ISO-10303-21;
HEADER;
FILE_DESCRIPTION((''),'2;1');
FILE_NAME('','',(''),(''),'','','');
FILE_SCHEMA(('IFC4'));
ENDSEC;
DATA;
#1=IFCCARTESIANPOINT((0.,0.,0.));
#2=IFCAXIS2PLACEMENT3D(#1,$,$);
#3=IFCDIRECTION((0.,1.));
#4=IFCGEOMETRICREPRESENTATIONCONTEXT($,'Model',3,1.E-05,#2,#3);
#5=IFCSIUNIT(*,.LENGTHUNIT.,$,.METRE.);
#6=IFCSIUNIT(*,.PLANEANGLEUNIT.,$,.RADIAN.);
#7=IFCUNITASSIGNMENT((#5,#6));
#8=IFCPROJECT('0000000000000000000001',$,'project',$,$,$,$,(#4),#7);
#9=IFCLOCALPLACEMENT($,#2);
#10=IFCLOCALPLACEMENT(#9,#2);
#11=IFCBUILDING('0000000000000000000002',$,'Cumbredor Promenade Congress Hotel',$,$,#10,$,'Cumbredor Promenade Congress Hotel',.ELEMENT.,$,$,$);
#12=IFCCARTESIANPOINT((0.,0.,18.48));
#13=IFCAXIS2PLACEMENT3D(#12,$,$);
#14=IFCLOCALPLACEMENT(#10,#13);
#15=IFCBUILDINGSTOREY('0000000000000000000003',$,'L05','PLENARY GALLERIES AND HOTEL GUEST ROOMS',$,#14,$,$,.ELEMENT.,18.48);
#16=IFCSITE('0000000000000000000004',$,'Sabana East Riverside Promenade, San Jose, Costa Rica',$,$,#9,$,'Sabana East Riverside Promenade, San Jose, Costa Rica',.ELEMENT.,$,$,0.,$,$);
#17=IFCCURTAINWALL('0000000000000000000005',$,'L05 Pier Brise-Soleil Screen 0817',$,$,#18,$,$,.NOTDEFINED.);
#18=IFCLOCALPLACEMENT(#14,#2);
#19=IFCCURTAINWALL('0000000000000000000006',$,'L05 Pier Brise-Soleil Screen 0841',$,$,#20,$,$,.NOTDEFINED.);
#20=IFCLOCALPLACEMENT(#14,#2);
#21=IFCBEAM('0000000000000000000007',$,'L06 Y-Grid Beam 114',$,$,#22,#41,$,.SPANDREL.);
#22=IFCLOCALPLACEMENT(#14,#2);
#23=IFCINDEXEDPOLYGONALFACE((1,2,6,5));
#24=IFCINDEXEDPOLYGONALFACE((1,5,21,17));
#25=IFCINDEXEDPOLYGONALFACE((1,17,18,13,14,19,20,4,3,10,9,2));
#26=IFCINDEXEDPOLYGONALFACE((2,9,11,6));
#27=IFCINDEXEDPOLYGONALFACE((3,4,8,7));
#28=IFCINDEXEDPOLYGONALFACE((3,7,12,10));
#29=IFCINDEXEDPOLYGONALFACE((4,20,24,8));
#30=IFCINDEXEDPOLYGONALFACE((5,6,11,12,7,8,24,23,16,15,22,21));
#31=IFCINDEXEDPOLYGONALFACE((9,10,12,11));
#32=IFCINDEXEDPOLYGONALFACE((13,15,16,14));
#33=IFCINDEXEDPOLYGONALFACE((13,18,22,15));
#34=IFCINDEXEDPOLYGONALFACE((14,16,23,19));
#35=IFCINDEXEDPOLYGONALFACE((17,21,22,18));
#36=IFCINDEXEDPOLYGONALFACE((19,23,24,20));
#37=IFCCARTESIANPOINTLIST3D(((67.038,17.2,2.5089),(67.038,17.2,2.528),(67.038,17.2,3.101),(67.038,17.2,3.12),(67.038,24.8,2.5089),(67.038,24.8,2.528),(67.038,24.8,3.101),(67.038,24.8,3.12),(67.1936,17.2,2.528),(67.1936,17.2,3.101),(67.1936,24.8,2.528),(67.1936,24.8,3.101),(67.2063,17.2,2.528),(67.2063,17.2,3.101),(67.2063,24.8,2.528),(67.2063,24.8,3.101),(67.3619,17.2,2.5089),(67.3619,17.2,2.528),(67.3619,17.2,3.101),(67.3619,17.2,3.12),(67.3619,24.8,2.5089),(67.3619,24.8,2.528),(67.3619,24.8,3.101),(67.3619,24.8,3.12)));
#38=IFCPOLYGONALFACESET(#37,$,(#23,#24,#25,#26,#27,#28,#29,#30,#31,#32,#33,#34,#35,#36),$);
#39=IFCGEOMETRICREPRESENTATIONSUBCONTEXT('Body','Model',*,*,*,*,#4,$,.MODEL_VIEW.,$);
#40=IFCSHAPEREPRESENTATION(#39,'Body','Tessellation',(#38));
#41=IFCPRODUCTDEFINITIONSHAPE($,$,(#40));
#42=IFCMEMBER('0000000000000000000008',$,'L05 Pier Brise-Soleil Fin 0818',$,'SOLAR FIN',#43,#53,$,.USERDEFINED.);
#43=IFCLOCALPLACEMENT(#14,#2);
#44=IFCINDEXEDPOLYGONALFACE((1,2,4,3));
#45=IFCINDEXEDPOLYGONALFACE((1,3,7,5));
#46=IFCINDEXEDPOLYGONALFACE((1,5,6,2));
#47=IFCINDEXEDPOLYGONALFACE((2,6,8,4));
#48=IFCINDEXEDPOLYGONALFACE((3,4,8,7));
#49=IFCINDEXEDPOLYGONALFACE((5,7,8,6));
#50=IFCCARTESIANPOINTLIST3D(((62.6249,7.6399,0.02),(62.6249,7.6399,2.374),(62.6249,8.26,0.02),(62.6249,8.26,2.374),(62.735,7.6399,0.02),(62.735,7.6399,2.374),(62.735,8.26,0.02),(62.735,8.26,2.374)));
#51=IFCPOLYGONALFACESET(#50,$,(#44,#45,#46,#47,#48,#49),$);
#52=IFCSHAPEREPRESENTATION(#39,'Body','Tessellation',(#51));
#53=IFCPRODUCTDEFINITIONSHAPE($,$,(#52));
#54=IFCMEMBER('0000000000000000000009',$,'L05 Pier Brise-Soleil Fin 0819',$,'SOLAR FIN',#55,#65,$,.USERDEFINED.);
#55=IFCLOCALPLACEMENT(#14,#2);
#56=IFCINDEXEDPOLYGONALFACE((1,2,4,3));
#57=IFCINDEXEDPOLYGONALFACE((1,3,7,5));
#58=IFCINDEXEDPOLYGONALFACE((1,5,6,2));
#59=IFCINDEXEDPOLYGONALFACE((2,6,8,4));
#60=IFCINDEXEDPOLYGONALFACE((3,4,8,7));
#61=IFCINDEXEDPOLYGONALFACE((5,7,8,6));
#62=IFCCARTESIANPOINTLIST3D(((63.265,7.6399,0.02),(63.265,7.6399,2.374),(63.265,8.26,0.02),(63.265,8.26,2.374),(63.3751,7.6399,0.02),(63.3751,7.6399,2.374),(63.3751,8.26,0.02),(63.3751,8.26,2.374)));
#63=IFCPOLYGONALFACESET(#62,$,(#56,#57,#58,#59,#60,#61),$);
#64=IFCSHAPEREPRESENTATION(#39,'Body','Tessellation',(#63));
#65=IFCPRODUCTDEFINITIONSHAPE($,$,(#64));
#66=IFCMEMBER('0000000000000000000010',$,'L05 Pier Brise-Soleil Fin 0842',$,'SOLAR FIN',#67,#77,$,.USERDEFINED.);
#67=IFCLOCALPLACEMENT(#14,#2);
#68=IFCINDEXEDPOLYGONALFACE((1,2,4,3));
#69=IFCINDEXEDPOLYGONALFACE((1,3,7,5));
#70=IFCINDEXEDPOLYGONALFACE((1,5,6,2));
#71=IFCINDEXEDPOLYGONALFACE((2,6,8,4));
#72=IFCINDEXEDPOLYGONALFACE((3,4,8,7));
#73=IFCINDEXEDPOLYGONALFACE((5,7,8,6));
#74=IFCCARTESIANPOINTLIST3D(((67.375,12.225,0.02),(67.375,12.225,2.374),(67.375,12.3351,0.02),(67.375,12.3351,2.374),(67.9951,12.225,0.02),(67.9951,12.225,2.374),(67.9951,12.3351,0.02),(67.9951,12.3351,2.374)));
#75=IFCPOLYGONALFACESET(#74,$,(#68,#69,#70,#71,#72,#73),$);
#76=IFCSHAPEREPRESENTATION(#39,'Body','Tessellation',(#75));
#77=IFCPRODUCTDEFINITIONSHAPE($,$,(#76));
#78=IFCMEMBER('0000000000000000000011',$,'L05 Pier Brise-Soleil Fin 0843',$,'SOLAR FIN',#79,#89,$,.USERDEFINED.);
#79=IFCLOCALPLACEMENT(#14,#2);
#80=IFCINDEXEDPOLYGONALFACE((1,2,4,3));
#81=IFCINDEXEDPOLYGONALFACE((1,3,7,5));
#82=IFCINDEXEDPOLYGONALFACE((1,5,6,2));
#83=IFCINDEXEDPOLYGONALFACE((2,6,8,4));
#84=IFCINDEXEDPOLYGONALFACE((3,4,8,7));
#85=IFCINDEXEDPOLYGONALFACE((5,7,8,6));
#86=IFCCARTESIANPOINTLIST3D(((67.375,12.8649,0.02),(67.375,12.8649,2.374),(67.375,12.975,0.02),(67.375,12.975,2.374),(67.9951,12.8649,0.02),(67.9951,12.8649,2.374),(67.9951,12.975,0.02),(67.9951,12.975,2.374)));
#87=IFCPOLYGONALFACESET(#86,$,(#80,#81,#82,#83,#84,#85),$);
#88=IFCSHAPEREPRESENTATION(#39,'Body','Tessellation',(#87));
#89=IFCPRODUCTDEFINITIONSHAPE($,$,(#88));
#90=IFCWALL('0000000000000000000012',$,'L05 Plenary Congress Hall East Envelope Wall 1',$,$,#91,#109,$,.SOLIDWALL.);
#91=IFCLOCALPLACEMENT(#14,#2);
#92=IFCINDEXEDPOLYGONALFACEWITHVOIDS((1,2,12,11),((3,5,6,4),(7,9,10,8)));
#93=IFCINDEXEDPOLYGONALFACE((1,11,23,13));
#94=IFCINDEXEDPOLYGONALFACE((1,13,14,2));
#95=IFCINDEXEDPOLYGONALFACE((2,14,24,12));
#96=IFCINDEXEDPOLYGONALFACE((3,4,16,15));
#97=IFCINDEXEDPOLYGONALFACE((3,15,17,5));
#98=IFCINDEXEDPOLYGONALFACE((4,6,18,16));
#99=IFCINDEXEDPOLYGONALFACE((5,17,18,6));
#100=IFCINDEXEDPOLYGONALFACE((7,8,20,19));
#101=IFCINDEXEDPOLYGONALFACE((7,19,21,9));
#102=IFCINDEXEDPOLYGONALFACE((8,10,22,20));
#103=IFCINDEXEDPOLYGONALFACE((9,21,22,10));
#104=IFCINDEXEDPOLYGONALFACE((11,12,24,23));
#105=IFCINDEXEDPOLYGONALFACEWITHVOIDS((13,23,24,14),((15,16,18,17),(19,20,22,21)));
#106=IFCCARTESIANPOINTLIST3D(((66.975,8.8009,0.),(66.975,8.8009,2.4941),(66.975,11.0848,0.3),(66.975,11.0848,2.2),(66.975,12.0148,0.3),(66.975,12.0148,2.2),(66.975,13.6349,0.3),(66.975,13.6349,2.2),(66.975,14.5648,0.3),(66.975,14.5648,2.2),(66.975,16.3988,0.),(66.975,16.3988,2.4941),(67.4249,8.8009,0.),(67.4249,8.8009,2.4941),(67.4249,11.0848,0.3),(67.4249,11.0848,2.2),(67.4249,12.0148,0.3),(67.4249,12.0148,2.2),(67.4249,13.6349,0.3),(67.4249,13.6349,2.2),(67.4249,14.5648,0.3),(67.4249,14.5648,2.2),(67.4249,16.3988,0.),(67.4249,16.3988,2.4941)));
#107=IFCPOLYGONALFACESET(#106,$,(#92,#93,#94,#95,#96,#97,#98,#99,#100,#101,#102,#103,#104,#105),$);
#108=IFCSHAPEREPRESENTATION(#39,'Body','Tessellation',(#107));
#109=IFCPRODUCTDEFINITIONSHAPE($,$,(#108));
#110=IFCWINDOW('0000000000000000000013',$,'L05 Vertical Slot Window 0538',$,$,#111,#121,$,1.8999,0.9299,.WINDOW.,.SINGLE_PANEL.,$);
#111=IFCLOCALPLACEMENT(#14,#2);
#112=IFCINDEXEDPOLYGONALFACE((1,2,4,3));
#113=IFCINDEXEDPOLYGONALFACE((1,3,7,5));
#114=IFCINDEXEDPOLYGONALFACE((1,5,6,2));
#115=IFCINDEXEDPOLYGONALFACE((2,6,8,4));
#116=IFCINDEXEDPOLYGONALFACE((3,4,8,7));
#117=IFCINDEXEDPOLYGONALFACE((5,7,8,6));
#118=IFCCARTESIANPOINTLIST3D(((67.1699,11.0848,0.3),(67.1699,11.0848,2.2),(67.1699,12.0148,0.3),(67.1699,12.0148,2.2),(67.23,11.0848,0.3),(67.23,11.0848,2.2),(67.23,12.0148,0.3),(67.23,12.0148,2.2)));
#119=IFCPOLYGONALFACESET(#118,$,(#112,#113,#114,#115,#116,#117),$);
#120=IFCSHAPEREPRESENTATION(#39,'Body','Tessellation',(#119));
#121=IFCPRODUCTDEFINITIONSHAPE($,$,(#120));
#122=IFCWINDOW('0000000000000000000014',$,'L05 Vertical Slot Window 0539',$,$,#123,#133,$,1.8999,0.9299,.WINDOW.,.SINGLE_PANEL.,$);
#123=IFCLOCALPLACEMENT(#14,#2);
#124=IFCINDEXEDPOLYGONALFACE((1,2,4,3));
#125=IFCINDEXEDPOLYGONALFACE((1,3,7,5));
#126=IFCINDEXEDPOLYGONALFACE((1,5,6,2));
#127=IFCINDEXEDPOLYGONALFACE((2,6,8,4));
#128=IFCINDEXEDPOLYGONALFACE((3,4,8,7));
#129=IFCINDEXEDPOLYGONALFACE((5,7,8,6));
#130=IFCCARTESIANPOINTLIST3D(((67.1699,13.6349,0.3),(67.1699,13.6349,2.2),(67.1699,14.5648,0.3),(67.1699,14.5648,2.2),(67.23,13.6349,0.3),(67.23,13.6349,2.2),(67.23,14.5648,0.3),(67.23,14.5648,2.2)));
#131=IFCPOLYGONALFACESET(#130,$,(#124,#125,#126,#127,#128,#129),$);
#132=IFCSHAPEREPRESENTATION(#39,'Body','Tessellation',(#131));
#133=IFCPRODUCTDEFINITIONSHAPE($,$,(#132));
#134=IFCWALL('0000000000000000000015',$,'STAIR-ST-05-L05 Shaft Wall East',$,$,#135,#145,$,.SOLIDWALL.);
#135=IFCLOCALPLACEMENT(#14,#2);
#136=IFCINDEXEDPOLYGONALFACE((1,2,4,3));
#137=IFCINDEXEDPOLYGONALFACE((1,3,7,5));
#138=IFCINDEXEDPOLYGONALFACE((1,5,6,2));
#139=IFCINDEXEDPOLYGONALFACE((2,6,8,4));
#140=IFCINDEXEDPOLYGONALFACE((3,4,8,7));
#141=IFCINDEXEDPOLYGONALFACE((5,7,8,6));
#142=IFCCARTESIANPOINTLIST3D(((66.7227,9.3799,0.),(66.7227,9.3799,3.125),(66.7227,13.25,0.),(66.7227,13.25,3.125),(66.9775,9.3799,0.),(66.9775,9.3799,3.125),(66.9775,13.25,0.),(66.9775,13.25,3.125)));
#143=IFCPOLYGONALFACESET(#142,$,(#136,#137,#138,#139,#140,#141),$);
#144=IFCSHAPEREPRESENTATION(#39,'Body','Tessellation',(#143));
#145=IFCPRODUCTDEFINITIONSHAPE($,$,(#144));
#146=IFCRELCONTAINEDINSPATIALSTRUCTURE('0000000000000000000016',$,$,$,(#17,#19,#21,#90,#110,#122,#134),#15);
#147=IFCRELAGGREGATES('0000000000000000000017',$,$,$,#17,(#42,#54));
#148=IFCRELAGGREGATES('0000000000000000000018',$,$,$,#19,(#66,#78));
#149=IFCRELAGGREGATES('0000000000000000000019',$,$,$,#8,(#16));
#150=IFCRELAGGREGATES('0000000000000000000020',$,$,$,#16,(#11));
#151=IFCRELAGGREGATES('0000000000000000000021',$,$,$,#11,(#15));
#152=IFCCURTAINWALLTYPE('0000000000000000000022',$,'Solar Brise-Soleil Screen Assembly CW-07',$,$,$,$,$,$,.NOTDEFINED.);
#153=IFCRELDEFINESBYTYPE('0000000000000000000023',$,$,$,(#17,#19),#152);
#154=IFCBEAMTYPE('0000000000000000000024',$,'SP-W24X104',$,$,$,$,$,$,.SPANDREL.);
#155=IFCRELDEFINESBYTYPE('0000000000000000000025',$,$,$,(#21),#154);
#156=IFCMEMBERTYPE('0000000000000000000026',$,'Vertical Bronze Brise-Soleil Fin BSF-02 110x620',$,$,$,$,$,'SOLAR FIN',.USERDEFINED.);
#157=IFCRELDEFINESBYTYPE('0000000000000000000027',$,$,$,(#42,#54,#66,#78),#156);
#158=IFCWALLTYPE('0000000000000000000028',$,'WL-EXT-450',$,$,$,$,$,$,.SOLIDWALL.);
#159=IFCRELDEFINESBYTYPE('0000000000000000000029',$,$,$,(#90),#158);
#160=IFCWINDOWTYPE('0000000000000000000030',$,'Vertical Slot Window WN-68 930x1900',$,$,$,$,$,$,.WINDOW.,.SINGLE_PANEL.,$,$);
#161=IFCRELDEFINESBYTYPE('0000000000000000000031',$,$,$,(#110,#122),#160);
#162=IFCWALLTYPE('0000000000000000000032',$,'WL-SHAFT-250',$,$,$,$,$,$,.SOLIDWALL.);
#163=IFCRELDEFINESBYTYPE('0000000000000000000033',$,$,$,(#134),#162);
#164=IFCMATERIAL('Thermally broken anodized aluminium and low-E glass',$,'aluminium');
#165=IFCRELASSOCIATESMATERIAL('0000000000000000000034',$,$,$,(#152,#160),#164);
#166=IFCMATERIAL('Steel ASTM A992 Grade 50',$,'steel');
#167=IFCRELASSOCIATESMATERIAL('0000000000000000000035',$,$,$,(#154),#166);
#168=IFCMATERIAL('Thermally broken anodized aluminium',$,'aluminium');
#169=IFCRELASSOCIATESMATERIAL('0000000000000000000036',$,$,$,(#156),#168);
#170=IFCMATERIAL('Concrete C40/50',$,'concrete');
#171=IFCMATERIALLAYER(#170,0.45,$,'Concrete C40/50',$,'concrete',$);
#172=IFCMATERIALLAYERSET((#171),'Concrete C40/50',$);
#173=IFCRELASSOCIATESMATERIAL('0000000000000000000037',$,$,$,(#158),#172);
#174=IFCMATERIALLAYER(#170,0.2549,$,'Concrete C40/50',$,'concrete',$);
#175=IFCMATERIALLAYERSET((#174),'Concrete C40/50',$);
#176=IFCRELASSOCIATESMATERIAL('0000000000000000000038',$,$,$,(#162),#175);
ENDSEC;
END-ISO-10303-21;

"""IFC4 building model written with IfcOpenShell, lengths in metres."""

from ifc_helpers import new_model, si_unit, direction, frame, frame_2d, origin, origin_2d, place, context, subcontext, project, spatial, rectangle, i_section, extrude, material, layer, layer_set, material_profile, profile_set, type_object, element, fill, aggregate, save


model = new_model("IFC4")

# Units and contexts
model_context = context("Model", 3, precision=1e-05, world=origin(), true_north=direction((0.0, 1.0)))
body_context = subcontext(model_context, "Body", "Model", "MODEL_VIEW")
ifc_project = project(units=[si_unit("LENGTHUNIT", "METRE"), si_unit("PLANEANGLEUNIT", "RADIAN")], contexts=[model_context])

# Site, building, storey
site_placement = place(None, origin())
site = spatial("IfcSite", under=ifc_project, at=site_placement, Name="Sabana East Riverside Promenade, San Jose, Costa Rica", LongName="Sabana East Riverside Promenade, San Jose, Costa Rica", CompositionType="ELEMENT", RefElevation=0.0)
building_placement = place(site_placement, origin())
building = spatial("IfcBuilding", under=site, at=building_placement, Name="Cumbredor Promenade Congress Hotel", LongName="Cumbredor Promenade Congress Hotel", CompositionType="ELEMENT")
storey_placement = place(building_placement, frame((0.0, 0.0, 18.48)))
storey = spatial("IfcBuildingStorey", under=building, at=storey_placement, Name="L05", Description="PLENARY GALLERIES AND HOTEL GUEST ROOMS", CompositionType="ELEMENT", Elevation=18.48)

# Curtain walls
ifc_material_1 = material(Name="Thermally broken anodized aluminium and low-E glass", Category="aluminium")
ifc_material_2 = material(Name="Thermally broken anodized aluminium", Category="aluminium")
curtain_wall_type_1 = type_object("IfcCurtainWallType", Name="Solar Brise-Soleil Screen Assembly CW-07", PredefinedType="NOTDEFINED", material=ifc_material_1)
curtain_wall_1_placement = place(storey_placement, origin())
curtain_wall_1 = element("IfcCurtainWall", 1, at=curtain_wall_1_placement, inside=storey, type_object=curtain_wall_type_1, Name="L05 Pier Brise-Soleil Screen 0817", PredefinedType="NOTDEFINED")
curtain_wall_2_placement = place(storey_placement, origin())
curtain_wall_2 = element("IfcCurtainWall", 2, at=curtain_wall_2_placement, inside=storey, type_object=curtain_wall_type_1, Name="L05 Pier Brise-Soleil Screen 0841", PredefinedType="NOTDEFINED")

# Beam
ifc_material_3 = material(Name="Steel ASTM A992 Grade 50", Category="steel")
ifc_material_profile_1 = material_profile(ifc_material_3, i_section(OverallWidth=0.324, OverallDepth=0.6111, WebThickness=0.0127, FlangeThickness=0.019, at=origin_2d()), Name="W24X104")
ifc_profile_set_1 = profile_set([ifc_material_profile_1], Name="Steel ASTM A992 Grade 50")
beam_type_1 = type_object("IfcBeamType", Name="SP-W24X104", PredefinedType="SPANDREL", material=ifc_profile_set_1)
beam_1_placement = place(storey_placement, frame((67.2, 17.2, 2.8145), z_axis=(0.0, 1.0, 0.0), x_axis=(-1.0, 0.0, 0.0)))
element("IfcBeam", 3, at=beam_1_placement, inside=storey, type_object=beam_type_1, Name="L06 Y-Grid Beam 114", PredefinedType="SPANDREL", context=body_context, shape_type="SweptSolid", body=[
    extrude(i_section(OverallWidth=0.324, OverallDepth=0.6111, WebThickness=0.0127, FlangeThickness=0.019, at=origin_2d()), origin(), (0.0, 0.0, 1.0), 7.6001),
])

# Members
ifc_material_profile_2 = material_profile(ifc_material_2, rectangle(XDim=0.1101, YDim=0.6201, at=origin_2d()), Name="ARCH FIN 110x620")
ifc_profile_set_2 = profile_set([ifc_material_profile_2], Name="Thermally broken anodized aluminium")
member_type_1 = type_object("IfcMemberType", Name="Vertical Bronze Brise-Soleil Fin BSF-02 110x620", ElementType="SOLAR FIN", PredefinedType="USERDEFINED", material=ifc_profile_set_2)
member_1_placement = place(storey_placement, frame((62.6799, 7.95, 0.02), z_axis=(0.0, 0.0, 1.0), x_axis=(1.0, 0.0, 0.0)))
member_1 = element("IfcMember", 4, at=member_1_placement, type_object=member_type_1, Name="L05 Pier Brise-Soleil Fin 0818", ObjectType="SOLAR FIN", PredefinedType="USERDEFINED", context=body_context, shape_type="SweptSolid", body=[
    extrude(rectangle(XDim=0.1101, YDim=0.6201, at=origin_2d()), origin(), (0.0, 0.0, 1.0), 2.354),
])
member_2_placement = place(storey_placement, frame((63.3201, 7.95, 0.02), z_axis=(0.0, 0.0, 1.0), x_axis=(1.0, 0.0, 0.0)))
member_2 = element("IfcMember", 5, at=member_2_placement, type_object=member_type_1, Name="L05 Pier Brise-Soleil Fin 0819", ObjectType="SOLAR FIN", PredefinedType="USERDEFINED", context=body_context, shape_type="SweptSolid", body=[
    extrude(rectangle(XDim=0.1101, YDim=0.6201, at=origin_2d()), origin(), (0.0, 0.0, 1.0), 2.354),
])
aggregate(curtain_wall_1, [member_1, member_2])
member_3_placement = place(storey_placement, frame((67.6851, 12.28, 0.02), z_axis=(0.0, 0.0, 1.0), x_axis=(0.0, 1.0, 0.0)))
member_3 = element("IfcMember", 6, at=member_3_placement, type_object=member_type_1, Name="L05 Pier Brise-Soleil Fin 0842", ObjectType="SOLAR FIN", PredefinedType="USERDEFINED", context=body_context, shape_type="SweptSolid", body=[
    extrude(rectangle(XDim=0.1101, YDim=0.6201, at=origin_2d()), origin(), (0.0, 0.0, 1.0), 2.354),
])
member_4_placement = place(storey_placement, frame((67.6851, 12.9199, 0.02), z_axis=(0.0, 0.0, 1.0), x_axis=(0.0, 1.0, 0.0)))
member_4 = element("IfcMember", 7, at=member_4_placement, type_object=member_type_1, Name="L05 Pier Brise-Soleil Fin 0843", ObjectType="SOLAR FIN", PredefinedType="USERDEFINED", context=body_context, shape_type="SweptSolid", body=[
    extrude(rectangle(XDim=0.1101, YDim=0.6201, at=origin_2d()), origin(), (0.0, 0.0, 1.0), 2.354),
])
aggregate(curtain_wall_2, [member_3, member_4])

# Wall, openings, windows
ifc_material_4 = material(Name="Concrete C40/50", Category="concrete")
ifc_layer_1 = layer(ifc_material_4, 0.45, Name="Concrete C40/50", Category="concrete")
ifc_layer_set_1 = layer_set([ifc_layer_1], Name="Concrete C40/50")
wall_type_1 = type_object("IfcWallType", Name="WL-EXT-450", PredefinedType="SOLIDWALL", material=ifc_layer_set_1)
wall_1_placement = place(storey_placement, frame((67.2, 8.801, 0.0), z_axis=(0.0, 0.0, 1.0), x_axis=(0.0, 1.0, 0.0)))
wall_1 = element("IfcWall", 8, at=wall_1_placement, inside=storey, type_object=wall_type_1, Name="L05 Plenary Congress Hall East Envelope Wall 1", PredefinedType="SOLIDWALL", context=body_context, shape_type="SweptSolid", body=[
    extrude(rectangle(XDim=7.5979, YDim=0.45, at=frame_2d((3.7988, 0.0))), origin(), (0.0, 0.0, 1.0), 2.4941),
])
opening_1_placement = place(wall_1_placement, frame((2.2839, 0.0, 0.3)))
opening_1 = element("IfcOpeningElement", 9, at=opening_1_placement, cuts=wall_1, PredefinedType="OPENING", context=body_context, shape_type="SweptSolid", body=[
    extrude(rectangle(XDim=0.9299, YDim=1.8999, at=frame_2d((0.4648, 0.95))), frame((0.0, 0.2349, 0.0), z_axis=(0.0, -1.0, 0.0), x_axis=(1.0, 0.0, 0.0)), (0.0, 0.0, 1.0), 0.47),
])
opening_2_placement = place(wall_1_placement, frame((4.834, 0.0, 0.3)))
opening_2 = element("IfcOpeningElement", 10, at=opening_2_placement, cuts=wall_1, PredefinedType="OPENING", context=body_context, shape_type="SweptSolid", body=[
    extrude(rectangle(XDim=0.9299, YDim=1.8999, at=frame_2d((0.4648, 0.95))), frame((0.0, 0.2349, 0.0), z_axis=(0.0, -1.0, 0.0), x_axis=(1.0, 0.0, 0.0)), (0.0, 0.0, 1.0), 0.47),
])
window_type = type_object("IfcWindowType", Name="Vertical Slot Window WN-68 930x1900", PartitioningType="SINGLE_PANEL", PredefinedType="WINDOW", material=ifc_material_1)
window_1_placement = place(opening_1_placement, origin())
window_1 = element("IfcWindow", 11, at=window_1_placement, inside=storey, type_object=window_type, Name="L05 Vertical Slot Window 0538", OverallHeight=1.8999, OverallWidth=0.9299, PartitioningType="SINGLE_PANEL", PredefinedType="WINDOW", context=body_context, shape_type="SweptSolid", body=[
    extrude(rectangle(XDim=0.9299, YDim=1.8999, at=frame_2d((0.4648, 0.95))), frame((0.0, 0.03, 0.0), z_axis=(0.0, -1.0, 0.0), x_axis=(1.0, 0.0, 0.0)), (0.0, 0.0, 1.0), 0.0601),
])
fill(opening_1, window_1)
window_2_placement = place(opening_2_placement, origin())
window_2 = element("IfcWindow", 12, at=window_2_placement, inside=storey, type_object=window_type, Name="L05 Vertical Slot Window 0539", OverallHeight=1.8999, OverallWidth=0.9299, PartitioningType="SINGLE_PANEL", PredefinedType="WINDOW", context=body_context, shape_type="SweptSolid", body=[
    extrude(rectangle(XDim=0.9299, YDim=1.8999, at=frame_2d((0.4648, 0.95))), frame((0.0, 0.03, 0.0), z_axis=(0.0, -1.0, 0.0), x_axis=(1.0, 0.0, 0.0)), (0.0, 0.0, 1.0), 0.0601),
])
fill(opening_2, window_2)

# Wall
ifc_layer_2 = layer(ifc_material_4, 0.2549, Name="Concrete C40/50", Category="concrete")
ifc_layer_set_2 = layer_set([ifc_layer_2], Name="Concrete C40/50")
wall_type_2 = type_object("IfcWallType", Name="WL-SHAFT-250", PredefinedType="SOLIDWALL", material=ifc_layer_set_2)
wall_2_placement = place(storey_placement, frame((66.8501, 9.3799, 0.0), z_axis=(0.0, 0.0, 1.0), x_axis=(0.0, 1.0, 0.0)))
element("IfcWall", 13, at=wall_2_placement, inside=storey, type_object=wall_type_2, Name="STAIR-ST-05-L05 Shaft Wall East", PredefinedType="SOLIDWALL", context=body_context, shape_type="SweptSolid", body=[
    extrude(rectangle(XDim=3.8701, YDim=0.2549, at=frame_2d((1.9351, 0.0))), origin(), (0.0, 0.0, 1.0), 3.125),
])

save(model, "model.ifc")
